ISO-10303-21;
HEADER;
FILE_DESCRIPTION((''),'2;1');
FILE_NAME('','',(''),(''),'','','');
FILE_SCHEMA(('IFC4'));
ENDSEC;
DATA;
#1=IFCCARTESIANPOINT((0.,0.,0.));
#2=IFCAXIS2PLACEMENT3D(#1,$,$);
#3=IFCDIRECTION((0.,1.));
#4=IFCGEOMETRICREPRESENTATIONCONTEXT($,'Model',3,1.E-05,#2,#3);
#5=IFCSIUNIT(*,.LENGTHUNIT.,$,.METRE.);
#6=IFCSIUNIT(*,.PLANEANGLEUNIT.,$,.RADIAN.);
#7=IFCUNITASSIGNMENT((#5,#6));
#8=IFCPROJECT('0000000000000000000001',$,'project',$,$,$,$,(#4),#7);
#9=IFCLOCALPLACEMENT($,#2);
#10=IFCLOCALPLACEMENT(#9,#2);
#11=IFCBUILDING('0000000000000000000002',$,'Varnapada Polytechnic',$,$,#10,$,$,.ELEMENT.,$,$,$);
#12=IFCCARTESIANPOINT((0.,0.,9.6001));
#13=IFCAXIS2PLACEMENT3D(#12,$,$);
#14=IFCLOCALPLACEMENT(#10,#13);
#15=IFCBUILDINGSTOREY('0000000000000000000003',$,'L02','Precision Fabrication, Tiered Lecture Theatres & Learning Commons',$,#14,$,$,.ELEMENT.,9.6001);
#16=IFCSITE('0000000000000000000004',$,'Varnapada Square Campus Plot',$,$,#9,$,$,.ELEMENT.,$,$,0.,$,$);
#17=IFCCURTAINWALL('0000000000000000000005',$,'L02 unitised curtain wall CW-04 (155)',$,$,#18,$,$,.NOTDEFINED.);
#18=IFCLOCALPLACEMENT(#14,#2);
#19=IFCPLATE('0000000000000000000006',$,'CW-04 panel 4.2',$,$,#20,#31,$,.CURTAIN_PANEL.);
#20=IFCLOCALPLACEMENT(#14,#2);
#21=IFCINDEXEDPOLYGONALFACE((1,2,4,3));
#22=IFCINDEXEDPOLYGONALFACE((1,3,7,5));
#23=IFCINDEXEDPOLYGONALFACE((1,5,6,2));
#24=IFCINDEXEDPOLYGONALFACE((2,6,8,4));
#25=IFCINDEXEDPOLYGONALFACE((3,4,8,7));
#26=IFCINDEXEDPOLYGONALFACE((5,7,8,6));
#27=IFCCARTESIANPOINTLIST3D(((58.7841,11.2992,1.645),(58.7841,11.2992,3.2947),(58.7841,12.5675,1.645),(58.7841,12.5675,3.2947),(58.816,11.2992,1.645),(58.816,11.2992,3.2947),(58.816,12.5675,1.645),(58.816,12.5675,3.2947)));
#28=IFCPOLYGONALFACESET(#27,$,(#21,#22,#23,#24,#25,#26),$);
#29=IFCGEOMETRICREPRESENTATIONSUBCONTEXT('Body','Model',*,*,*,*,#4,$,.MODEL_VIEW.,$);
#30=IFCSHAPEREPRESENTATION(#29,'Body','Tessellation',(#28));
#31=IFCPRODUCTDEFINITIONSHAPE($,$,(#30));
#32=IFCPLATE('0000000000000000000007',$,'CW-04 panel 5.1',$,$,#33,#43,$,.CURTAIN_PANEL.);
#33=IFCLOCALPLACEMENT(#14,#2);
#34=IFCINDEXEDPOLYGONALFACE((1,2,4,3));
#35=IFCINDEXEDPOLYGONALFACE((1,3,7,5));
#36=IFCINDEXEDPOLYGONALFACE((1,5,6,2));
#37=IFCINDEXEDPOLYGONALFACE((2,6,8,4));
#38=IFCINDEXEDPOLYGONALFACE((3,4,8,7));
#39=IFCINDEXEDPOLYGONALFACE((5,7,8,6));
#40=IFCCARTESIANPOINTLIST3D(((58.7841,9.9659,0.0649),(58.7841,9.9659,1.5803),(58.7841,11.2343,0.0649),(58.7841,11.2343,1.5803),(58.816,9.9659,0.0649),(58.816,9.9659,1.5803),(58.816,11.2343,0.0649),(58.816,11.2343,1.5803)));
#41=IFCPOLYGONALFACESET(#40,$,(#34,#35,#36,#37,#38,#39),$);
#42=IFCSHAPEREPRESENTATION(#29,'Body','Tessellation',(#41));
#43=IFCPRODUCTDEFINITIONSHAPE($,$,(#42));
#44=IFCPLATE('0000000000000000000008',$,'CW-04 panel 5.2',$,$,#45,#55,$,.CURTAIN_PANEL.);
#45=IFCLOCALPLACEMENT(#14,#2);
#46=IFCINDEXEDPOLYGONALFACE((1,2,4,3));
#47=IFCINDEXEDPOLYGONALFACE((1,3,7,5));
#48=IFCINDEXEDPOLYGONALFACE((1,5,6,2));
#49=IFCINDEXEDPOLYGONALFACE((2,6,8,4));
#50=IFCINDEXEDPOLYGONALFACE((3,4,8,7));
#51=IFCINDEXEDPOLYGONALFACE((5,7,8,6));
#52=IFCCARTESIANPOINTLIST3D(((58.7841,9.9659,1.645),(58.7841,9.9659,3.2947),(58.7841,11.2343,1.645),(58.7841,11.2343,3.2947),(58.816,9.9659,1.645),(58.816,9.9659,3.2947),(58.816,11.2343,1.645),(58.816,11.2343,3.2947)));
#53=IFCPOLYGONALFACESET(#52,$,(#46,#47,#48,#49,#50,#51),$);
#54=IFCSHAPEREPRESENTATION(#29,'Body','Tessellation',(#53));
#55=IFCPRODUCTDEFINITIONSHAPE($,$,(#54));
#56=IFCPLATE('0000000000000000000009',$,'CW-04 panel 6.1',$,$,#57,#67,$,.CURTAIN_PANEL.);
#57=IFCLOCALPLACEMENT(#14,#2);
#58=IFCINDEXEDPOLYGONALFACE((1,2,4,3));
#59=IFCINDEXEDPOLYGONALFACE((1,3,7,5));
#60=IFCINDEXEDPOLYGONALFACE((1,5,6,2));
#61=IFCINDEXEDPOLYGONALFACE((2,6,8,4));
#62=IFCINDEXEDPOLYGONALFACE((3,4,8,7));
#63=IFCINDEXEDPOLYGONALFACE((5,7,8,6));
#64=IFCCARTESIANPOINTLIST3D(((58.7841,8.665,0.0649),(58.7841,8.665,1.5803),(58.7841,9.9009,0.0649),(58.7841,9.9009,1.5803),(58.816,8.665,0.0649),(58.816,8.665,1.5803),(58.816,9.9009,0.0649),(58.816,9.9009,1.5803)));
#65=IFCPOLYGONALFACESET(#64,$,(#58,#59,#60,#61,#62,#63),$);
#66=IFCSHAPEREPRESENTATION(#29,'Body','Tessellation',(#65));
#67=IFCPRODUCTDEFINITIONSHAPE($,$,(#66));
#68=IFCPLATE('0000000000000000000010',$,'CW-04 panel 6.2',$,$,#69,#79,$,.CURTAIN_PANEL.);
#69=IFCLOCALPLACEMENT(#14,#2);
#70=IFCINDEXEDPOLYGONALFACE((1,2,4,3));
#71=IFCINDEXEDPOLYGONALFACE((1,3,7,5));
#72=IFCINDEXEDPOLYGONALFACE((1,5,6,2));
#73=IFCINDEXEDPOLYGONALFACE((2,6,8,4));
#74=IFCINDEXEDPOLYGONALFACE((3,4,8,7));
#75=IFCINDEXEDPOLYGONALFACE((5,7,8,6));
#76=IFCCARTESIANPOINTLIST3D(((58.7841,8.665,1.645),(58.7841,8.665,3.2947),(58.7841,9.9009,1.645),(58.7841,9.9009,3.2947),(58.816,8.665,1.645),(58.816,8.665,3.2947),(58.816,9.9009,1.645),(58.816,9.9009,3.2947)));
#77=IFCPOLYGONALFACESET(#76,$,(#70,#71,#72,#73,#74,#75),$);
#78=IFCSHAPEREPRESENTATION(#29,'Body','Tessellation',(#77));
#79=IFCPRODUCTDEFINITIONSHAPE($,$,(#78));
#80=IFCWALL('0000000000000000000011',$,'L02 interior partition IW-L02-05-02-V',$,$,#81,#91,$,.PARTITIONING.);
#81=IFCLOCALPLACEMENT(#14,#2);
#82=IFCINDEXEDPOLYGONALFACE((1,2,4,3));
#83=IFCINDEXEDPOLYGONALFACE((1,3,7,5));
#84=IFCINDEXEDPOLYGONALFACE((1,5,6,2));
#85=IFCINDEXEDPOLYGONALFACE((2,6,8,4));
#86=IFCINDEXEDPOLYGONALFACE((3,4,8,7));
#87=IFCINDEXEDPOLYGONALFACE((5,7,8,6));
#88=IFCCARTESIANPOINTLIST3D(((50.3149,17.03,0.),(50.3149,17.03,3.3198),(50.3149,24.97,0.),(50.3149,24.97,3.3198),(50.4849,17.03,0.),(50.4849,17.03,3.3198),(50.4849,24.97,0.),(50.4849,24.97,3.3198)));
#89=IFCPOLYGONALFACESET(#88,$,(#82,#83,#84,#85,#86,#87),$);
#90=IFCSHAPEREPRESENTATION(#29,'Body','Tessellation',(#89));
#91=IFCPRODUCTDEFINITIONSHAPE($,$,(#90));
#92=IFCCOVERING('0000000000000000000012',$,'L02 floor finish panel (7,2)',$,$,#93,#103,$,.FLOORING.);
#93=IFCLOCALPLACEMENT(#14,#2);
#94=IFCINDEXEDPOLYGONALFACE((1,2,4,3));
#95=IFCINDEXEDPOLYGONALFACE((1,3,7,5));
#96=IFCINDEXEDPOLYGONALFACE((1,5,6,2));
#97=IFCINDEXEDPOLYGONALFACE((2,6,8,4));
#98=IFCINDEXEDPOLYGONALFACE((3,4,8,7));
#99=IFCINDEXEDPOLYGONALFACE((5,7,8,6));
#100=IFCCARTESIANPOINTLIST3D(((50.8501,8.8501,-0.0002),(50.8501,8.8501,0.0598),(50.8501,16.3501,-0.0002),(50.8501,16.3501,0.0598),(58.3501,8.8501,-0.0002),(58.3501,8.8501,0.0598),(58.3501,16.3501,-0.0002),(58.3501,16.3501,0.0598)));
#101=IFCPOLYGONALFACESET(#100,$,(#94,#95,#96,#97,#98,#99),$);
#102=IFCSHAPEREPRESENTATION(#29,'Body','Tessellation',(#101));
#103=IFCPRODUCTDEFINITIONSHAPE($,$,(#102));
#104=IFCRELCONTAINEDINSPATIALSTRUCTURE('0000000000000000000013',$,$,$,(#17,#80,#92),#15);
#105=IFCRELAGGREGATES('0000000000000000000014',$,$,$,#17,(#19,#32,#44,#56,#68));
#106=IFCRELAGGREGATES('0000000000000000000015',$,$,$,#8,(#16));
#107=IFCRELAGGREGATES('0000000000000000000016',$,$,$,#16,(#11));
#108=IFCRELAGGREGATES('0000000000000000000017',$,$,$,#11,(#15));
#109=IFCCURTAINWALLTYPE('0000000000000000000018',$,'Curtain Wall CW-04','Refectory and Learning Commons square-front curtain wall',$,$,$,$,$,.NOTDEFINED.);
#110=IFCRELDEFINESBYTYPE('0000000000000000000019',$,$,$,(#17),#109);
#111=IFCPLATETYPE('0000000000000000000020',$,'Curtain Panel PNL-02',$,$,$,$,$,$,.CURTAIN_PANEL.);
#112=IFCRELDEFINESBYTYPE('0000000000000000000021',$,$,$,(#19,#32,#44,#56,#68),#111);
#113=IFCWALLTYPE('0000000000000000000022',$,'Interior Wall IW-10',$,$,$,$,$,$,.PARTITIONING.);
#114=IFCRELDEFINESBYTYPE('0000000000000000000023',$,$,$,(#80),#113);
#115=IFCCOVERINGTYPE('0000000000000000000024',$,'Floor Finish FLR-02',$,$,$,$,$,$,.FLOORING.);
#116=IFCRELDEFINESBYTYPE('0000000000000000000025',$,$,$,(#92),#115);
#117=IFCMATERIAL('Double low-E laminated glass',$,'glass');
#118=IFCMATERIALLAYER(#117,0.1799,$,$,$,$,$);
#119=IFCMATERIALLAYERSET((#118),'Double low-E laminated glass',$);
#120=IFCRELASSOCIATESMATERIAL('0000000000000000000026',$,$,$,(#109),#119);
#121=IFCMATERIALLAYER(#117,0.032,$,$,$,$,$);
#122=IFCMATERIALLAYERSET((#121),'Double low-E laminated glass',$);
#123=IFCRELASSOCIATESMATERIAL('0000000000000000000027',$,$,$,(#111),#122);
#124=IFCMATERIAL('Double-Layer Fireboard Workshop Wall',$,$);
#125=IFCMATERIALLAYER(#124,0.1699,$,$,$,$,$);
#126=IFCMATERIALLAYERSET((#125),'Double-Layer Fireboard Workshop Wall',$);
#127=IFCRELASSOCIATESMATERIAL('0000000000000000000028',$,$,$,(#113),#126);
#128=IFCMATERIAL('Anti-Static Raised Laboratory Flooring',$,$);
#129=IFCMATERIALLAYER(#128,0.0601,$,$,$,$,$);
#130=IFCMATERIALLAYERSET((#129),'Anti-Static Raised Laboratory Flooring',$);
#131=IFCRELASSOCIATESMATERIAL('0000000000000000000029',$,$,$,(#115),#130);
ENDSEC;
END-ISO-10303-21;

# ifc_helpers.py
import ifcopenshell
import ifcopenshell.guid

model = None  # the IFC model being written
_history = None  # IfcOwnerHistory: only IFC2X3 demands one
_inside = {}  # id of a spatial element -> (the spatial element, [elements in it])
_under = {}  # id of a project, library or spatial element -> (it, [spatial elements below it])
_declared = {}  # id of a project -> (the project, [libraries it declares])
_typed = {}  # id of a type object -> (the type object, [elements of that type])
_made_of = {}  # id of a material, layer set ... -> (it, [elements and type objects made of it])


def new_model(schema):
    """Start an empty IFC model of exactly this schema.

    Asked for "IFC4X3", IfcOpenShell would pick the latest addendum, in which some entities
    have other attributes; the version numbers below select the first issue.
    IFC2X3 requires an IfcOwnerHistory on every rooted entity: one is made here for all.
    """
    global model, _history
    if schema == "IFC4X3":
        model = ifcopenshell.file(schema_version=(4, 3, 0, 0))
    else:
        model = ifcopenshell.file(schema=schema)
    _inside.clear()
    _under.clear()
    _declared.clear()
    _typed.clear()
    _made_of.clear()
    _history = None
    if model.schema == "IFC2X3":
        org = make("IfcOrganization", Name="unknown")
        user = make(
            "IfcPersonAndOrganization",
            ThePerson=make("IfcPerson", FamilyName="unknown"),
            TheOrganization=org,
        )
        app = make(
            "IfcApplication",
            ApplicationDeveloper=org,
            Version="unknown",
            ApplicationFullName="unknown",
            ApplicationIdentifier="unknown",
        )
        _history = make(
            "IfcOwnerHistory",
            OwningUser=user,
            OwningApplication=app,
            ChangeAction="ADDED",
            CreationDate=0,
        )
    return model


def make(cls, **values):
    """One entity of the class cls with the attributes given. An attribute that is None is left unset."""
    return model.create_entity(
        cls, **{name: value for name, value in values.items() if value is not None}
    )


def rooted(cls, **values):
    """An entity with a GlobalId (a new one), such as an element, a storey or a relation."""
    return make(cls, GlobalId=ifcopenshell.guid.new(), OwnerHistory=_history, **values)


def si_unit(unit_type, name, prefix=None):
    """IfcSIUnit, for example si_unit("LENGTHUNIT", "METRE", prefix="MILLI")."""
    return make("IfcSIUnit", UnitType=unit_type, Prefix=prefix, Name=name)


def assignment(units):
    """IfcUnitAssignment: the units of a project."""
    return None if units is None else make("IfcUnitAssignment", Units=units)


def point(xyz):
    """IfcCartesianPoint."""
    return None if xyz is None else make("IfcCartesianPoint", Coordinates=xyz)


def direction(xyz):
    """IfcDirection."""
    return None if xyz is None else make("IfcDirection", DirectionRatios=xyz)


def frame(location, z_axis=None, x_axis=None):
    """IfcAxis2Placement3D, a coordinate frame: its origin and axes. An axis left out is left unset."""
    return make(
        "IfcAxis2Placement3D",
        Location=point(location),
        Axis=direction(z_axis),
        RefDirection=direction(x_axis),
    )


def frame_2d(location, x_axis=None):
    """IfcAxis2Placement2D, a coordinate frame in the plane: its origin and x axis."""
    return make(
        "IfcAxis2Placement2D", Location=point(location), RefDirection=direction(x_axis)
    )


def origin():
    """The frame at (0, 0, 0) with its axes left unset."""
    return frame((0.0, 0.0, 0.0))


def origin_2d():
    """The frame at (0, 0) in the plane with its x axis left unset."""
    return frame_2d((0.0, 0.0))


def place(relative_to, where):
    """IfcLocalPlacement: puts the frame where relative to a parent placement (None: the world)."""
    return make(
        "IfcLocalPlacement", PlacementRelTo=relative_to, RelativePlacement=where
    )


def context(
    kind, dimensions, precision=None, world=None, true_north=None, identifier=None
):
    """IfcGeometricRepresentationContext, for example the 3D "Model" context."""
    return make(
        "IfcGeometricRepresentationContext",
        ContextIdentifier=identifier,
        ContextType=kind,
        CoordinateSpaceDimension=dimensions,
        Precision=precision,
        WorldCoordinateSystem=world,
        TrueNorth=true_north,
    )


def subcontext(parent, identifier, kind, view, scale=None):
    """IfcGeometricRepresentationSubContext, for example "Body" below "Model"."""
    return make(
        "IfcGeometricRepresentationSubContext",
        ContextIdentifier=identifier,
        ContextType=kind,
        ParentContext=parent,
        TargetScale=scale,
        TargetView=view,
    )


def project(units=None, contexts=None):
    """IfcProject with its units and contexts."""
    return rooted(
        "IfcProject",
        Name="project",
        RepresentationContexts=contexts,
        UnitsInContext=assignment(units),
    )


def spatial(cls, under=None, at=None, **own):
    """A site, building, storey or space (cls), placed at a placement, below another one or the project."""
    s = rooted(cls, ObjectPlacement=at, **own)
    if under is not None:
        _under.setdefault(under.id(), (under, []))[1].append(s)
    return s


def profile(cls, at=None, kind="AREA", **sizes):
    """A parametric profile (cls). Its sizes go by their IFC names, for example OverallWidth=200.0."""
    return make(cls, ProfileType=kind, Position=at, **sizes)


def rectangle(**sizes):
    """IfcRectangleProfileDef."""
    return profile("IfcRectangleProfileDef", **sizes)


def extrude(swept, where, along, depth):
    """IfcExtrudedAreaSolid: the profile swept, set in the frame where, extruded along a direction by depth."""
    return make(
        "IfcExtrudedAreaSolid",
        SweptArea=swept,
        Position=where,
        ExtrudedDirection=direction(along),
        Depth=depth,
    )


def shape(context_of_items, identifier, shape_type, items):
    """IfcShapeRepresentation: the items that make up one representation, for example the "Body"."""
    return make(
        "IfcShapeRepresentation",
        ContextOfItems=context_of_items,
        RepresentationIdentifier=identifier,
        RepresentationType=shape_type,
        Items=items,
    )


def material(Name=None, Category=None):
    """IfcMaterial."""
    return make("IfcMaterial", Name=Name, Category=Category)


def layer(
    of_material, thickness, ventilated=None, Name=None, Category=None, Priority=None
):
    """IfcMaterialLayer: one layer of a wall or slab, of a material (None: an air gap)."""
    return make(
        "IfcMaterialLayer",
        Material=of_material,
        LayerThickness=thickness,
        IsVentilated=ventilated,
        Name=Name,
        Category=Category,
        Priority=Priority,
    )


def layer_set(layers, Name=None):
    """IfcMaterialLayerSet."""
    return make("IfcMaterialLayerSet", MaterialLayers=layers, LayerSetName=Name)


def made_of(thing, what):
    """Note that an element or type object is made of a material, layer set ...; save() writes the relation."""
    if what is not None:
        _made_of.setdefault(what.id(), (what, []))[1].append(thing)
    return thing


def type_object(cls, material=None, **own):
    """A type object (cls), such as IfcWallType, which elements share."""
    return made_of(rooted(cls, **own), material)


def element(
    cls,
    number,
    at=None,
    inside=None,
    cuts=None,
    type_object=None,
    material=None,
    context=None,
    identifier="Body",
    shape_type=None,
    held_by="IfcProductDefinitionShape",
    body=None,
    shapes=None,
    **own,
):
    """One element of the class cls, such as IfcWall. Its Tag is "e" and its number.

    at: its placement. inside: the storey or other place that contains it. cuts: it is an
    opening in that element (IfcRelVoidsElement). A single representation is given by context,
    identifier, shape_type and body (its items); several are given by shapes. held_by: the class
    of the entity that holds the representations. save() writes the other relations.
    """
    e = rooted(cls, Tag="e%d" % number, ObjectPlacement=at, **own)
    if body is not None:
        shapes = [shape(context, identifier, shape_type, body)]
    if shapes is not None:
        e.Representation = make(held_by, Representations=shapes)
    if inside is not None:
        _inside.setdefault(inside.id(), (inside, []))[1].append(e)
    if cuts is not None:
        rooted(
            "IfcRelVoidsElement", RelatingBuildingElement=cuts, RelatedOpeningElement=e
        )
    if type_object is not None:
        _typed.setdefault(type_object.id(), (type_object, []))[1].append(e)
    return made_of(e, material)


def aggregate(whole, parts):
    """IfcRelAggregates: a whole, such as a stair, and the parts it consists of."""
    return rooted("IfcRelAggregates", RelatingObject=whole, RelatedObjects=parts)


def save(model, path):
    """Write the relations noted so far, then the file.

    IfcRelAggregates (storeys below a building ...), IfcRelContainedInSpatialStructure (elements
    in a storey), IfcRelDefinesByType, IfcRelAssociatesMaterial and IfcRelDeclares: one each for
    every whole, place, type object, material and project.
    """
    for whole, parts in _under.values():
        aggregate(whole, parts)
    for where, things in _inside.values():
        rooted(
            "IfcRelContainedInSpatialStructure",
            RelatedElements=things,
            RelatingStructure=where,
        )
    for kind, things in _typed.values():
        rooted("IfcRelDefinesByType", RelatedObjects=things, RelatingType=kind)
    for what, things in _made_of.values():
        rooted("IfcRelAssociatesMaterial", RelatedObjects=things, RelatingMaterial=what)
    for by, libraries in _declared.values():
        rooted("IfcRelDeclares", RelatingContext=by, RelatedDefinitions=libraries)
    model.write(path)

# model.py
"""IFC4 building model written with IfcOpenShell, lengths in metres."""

from ifc_helpers import new_model, si_unit, direction, frame, frame_2d, origin, origin_2d, place, context, subcontext, project, spatial, rectangle, extrude, material, layer, layer_set, type_object, element, aggregate, save


model = new_model("IFC4")

# Units and contexts
model_context = context("Model", 3, precision=1e-05, world=origin(), true_north=direction((0.0, 1.0)))
body_context = subcontext(model_context, "Body", "Model", "MODEL_VIEW")
ifc_project = project(units=[si_unit("LENGTHUNIT", "METRE"), si_unit("PLANEANGLEUNIT", "RADIAN")], contexts=[model_context])

# Site, building, storey
site_placement = place(None, origin())
site = spatial("IfcSite", under=ifc_project, at=site_placement, Name="Varnapada Square Campus Plot", CompositionType="ELEMENT", RefElevation=0.0)
building_placement = place(site_placement, origin())
building = spatial("IfcBuilding", under=site, at=building_placement, Name="Varnapada Polytechnic", CompositionType="ELEMENT")
storey_placement = place(building_placement, frame((0.0, 0.0, 9.6001)))
storey = spatial("IfcBuildingStorey", under=building, at=storey_placement, Name="L02", Description="Precision Fabrication, Tiered Lecture Theatres & Learning Commons", CompositionType="ELEMENT", Elevation=9.6001)

# Curtain wall
ifc_material_1 = material(Name="Double low-E laminated glass", Category="glass")
ifc_layer_1 = layer(ifc_material_1, 0.1799)
ifc_layer_set_1 = layer_set([ifc_layer_1], Name="Double low-E laminated glass")
curtain_wall_type = type_object("IfcCurtainWallType", Name="Curtain Wall CW-04", Description="Refectory and Learning Commons square-front curtain wall", PredefinedType="NOTDEFINED", material=ifc_layer_set_1)
curtain_wall_placement = place(storey_placement, origin())
curtain_wall = element("IfcCurtainWall", 1, at=curtain_wall_placement, inside=storey, type_object=curtain_wall_type, Name="L02 unitised curtain wall CW-04 (155)", PredefinedType="NOTDEFINED")

# Plates
ifc_layer_2 = layer(ifc_material_1, 0.032)
ifc_layer_set_2 = layer_set([ifc_layer_2], Name="Double low-E laminated glass")
plate_type = type_object("IfcPlateType", Name="Curtain Panel PNL-02", PredefinedType="CURTAIN_PANEL", material=ifc_layer_set_2)
plate_1_placement = place(storey_placement, frame((58.8, 11.9333, 1.645), z_axis=(0.0, 0.0, 1.0), x_axis=(0.0, -1.0, 0.0)))
plate_1 = element("IfcPlate", 2, at=plate_1_placement, type_object=plate_type, Name="CW-04 panel 4.2", PredefinedType="CURTAIN_PANEL", context=body_context, shape_type="SweptSolid", body=[
    extrude(rectangle(XDim=1.2683, YDim=0.032, at=origin_2d()), origin(), (0.0, 0.0, 1.0), 1.6497),
])
plate_2_placement = place(storey_placement, frame((58.8, 10.6001, 0.0649), z_axis=(0.0, 0.0, 1.0), x_axis=(0.0, -1.0, 0.0)))
plate_2 = element("IfcPlate", 3, at=plate_2_placement, type_object=plate_type, Name="CW-04 panel 5.1", PredefinedType="CURTAIN_PANEL", context=body_context, shape_type="SweptSolid", body=[
    extrude(rectangle(XDim=1.2683, YDim=0.032, at=origin_2d()), origin(), (0.0, 0.0, 1.0), 1.5154),
])
plate_3_placement = place(storey_placement, frame((58.8, 10.6001, 1.645), z_axis=(0.0, 0.0, 1.0), x_axis=(0.0, -1.0, 0.0)))
plate_3 = element("IfcPlate", 4, at=plate_3_placement, type_object=plate_type, Name="CW-04 panel 5.2", PredefinedType="CURTAIN_PANEL", context=body_context, shape_type="SweptSolid", body=[
    extrude(rectangle(XDim=1.2683, YDim=0.032, at=origin_2d()), origin(), (0.0, 0.0, 1.0), 1.6497),
])
plate_4_placement = place(storey_placement, frame((58.8, 9.283, 0.0649), z_axis=(0.0, 0.0, 1.0), x_axis=(0.0, -1.0, 0.0)))
plate_4 = element("IfcPlate", 5, at=plate_4_placement, type_object=plate_type, Name="CW-04 panel 6.1", PredefinedType="CURTAIN_PANEL", context=body_context, shape_type="SweptSolid", body=[
    extrude(rectangle(XDim=1.2358, YDim=0.032, at=origin_2d()), origin(), (0.0, 0.0, 1.0), 1.5154),
])
plate_5_placement = place(storey_placement, frame((58.8, 9.283, 1.645), z_axis=(0.0, 0.0, 1.0), x_axis=(0.0, -1.0, 0.0)))
plate_5 = element("IfcPlate", 6, at=plate_5_placement, type_object=plate_type, Name="CW-04 panel 6.2", PredefinedType="CURTAIN_PANEL", context=body_context, shape_type="SweptSolid", body=[
    extrude(rectangle(XDim=1.2358, YDim=0.032, at=origin_2d()), origin(), (0.0, 0.0, 1.0), 1.6497),
])
aggregate(curtain_wall, [plate_1, plate_2, plate_3, plate_4, plate_5])

# Wall
ifc_material_2 = material(Name="Double-Layer Fireboard Workshop Wall")
ifc_layer_3 = layer(ifc_material_2, 0.1699)
ifc_layer_set_3 = layer_set([ifc_layer_3], Name="Double-Layer Fireboard Workshop Wall")
wall_type = type_object("IfcWallType", Name="Interior Wall IW-10", PredefinedType="PARTITIONING", material=ifc_layer_set_3)
wall_placement = place(storey_placement, frame((50.3999, 17.03, 0.0), z_axis=(0.0, 0.0, 1.0), x_axis=(0.0, 1.0, 0.0)))
element("IfcWall", 7, at=wall_placement, inside=storey, type_object=wall_type, Name="L02 interior partition IW-L02-05-02-V", PredefinedType="PARTITIONING", context=body_context, shape_type="SweptSolid", body=[
    extrude(rectangle(XDim=7.9399, YDim=0.1699, at=frame_2d((3.97, 0.0))), origin(), (0.0, 0.0, 1.0), 3.3198),
])

# Covering
ifc_material_3 = material(Name="Anti-Static Raised Laboratory Flooring")
ifc_layer_4 = layer(ifc_material_3, 0.0601)
ifc_layer_set_4 = layer_set([ifc_layer_4], Name="Anti-Static Raised Laboratory Flooring")
covering_type = type_object("IfcCoveringType", Name="Floor Finish FLR-02", PredefinedType="FLOORING", material=ifc_layer_set_4)
covering_placement = place(storey_placement, frame((54.6001, 12.6001, -0.0002), z_axis=(0.0, 0.0, 1.0), x_axis=(1.0, 0.0, 0.0)))
element("IfcCovering", 8, at=covering_placement, inside=storey, type_object=covering_type, Name="L02 floor finish panel (7,2)", PredefinedType="FLOORING", context=body_context, shape_type="SweptSolid", body=[
    extrude(rectangle(XDim=7.5, YDim=7.5, at=origin_2d()), origin(), (0.0, 0.0, 1.0), 0.0601),
])

save(model, "model.ifc")
